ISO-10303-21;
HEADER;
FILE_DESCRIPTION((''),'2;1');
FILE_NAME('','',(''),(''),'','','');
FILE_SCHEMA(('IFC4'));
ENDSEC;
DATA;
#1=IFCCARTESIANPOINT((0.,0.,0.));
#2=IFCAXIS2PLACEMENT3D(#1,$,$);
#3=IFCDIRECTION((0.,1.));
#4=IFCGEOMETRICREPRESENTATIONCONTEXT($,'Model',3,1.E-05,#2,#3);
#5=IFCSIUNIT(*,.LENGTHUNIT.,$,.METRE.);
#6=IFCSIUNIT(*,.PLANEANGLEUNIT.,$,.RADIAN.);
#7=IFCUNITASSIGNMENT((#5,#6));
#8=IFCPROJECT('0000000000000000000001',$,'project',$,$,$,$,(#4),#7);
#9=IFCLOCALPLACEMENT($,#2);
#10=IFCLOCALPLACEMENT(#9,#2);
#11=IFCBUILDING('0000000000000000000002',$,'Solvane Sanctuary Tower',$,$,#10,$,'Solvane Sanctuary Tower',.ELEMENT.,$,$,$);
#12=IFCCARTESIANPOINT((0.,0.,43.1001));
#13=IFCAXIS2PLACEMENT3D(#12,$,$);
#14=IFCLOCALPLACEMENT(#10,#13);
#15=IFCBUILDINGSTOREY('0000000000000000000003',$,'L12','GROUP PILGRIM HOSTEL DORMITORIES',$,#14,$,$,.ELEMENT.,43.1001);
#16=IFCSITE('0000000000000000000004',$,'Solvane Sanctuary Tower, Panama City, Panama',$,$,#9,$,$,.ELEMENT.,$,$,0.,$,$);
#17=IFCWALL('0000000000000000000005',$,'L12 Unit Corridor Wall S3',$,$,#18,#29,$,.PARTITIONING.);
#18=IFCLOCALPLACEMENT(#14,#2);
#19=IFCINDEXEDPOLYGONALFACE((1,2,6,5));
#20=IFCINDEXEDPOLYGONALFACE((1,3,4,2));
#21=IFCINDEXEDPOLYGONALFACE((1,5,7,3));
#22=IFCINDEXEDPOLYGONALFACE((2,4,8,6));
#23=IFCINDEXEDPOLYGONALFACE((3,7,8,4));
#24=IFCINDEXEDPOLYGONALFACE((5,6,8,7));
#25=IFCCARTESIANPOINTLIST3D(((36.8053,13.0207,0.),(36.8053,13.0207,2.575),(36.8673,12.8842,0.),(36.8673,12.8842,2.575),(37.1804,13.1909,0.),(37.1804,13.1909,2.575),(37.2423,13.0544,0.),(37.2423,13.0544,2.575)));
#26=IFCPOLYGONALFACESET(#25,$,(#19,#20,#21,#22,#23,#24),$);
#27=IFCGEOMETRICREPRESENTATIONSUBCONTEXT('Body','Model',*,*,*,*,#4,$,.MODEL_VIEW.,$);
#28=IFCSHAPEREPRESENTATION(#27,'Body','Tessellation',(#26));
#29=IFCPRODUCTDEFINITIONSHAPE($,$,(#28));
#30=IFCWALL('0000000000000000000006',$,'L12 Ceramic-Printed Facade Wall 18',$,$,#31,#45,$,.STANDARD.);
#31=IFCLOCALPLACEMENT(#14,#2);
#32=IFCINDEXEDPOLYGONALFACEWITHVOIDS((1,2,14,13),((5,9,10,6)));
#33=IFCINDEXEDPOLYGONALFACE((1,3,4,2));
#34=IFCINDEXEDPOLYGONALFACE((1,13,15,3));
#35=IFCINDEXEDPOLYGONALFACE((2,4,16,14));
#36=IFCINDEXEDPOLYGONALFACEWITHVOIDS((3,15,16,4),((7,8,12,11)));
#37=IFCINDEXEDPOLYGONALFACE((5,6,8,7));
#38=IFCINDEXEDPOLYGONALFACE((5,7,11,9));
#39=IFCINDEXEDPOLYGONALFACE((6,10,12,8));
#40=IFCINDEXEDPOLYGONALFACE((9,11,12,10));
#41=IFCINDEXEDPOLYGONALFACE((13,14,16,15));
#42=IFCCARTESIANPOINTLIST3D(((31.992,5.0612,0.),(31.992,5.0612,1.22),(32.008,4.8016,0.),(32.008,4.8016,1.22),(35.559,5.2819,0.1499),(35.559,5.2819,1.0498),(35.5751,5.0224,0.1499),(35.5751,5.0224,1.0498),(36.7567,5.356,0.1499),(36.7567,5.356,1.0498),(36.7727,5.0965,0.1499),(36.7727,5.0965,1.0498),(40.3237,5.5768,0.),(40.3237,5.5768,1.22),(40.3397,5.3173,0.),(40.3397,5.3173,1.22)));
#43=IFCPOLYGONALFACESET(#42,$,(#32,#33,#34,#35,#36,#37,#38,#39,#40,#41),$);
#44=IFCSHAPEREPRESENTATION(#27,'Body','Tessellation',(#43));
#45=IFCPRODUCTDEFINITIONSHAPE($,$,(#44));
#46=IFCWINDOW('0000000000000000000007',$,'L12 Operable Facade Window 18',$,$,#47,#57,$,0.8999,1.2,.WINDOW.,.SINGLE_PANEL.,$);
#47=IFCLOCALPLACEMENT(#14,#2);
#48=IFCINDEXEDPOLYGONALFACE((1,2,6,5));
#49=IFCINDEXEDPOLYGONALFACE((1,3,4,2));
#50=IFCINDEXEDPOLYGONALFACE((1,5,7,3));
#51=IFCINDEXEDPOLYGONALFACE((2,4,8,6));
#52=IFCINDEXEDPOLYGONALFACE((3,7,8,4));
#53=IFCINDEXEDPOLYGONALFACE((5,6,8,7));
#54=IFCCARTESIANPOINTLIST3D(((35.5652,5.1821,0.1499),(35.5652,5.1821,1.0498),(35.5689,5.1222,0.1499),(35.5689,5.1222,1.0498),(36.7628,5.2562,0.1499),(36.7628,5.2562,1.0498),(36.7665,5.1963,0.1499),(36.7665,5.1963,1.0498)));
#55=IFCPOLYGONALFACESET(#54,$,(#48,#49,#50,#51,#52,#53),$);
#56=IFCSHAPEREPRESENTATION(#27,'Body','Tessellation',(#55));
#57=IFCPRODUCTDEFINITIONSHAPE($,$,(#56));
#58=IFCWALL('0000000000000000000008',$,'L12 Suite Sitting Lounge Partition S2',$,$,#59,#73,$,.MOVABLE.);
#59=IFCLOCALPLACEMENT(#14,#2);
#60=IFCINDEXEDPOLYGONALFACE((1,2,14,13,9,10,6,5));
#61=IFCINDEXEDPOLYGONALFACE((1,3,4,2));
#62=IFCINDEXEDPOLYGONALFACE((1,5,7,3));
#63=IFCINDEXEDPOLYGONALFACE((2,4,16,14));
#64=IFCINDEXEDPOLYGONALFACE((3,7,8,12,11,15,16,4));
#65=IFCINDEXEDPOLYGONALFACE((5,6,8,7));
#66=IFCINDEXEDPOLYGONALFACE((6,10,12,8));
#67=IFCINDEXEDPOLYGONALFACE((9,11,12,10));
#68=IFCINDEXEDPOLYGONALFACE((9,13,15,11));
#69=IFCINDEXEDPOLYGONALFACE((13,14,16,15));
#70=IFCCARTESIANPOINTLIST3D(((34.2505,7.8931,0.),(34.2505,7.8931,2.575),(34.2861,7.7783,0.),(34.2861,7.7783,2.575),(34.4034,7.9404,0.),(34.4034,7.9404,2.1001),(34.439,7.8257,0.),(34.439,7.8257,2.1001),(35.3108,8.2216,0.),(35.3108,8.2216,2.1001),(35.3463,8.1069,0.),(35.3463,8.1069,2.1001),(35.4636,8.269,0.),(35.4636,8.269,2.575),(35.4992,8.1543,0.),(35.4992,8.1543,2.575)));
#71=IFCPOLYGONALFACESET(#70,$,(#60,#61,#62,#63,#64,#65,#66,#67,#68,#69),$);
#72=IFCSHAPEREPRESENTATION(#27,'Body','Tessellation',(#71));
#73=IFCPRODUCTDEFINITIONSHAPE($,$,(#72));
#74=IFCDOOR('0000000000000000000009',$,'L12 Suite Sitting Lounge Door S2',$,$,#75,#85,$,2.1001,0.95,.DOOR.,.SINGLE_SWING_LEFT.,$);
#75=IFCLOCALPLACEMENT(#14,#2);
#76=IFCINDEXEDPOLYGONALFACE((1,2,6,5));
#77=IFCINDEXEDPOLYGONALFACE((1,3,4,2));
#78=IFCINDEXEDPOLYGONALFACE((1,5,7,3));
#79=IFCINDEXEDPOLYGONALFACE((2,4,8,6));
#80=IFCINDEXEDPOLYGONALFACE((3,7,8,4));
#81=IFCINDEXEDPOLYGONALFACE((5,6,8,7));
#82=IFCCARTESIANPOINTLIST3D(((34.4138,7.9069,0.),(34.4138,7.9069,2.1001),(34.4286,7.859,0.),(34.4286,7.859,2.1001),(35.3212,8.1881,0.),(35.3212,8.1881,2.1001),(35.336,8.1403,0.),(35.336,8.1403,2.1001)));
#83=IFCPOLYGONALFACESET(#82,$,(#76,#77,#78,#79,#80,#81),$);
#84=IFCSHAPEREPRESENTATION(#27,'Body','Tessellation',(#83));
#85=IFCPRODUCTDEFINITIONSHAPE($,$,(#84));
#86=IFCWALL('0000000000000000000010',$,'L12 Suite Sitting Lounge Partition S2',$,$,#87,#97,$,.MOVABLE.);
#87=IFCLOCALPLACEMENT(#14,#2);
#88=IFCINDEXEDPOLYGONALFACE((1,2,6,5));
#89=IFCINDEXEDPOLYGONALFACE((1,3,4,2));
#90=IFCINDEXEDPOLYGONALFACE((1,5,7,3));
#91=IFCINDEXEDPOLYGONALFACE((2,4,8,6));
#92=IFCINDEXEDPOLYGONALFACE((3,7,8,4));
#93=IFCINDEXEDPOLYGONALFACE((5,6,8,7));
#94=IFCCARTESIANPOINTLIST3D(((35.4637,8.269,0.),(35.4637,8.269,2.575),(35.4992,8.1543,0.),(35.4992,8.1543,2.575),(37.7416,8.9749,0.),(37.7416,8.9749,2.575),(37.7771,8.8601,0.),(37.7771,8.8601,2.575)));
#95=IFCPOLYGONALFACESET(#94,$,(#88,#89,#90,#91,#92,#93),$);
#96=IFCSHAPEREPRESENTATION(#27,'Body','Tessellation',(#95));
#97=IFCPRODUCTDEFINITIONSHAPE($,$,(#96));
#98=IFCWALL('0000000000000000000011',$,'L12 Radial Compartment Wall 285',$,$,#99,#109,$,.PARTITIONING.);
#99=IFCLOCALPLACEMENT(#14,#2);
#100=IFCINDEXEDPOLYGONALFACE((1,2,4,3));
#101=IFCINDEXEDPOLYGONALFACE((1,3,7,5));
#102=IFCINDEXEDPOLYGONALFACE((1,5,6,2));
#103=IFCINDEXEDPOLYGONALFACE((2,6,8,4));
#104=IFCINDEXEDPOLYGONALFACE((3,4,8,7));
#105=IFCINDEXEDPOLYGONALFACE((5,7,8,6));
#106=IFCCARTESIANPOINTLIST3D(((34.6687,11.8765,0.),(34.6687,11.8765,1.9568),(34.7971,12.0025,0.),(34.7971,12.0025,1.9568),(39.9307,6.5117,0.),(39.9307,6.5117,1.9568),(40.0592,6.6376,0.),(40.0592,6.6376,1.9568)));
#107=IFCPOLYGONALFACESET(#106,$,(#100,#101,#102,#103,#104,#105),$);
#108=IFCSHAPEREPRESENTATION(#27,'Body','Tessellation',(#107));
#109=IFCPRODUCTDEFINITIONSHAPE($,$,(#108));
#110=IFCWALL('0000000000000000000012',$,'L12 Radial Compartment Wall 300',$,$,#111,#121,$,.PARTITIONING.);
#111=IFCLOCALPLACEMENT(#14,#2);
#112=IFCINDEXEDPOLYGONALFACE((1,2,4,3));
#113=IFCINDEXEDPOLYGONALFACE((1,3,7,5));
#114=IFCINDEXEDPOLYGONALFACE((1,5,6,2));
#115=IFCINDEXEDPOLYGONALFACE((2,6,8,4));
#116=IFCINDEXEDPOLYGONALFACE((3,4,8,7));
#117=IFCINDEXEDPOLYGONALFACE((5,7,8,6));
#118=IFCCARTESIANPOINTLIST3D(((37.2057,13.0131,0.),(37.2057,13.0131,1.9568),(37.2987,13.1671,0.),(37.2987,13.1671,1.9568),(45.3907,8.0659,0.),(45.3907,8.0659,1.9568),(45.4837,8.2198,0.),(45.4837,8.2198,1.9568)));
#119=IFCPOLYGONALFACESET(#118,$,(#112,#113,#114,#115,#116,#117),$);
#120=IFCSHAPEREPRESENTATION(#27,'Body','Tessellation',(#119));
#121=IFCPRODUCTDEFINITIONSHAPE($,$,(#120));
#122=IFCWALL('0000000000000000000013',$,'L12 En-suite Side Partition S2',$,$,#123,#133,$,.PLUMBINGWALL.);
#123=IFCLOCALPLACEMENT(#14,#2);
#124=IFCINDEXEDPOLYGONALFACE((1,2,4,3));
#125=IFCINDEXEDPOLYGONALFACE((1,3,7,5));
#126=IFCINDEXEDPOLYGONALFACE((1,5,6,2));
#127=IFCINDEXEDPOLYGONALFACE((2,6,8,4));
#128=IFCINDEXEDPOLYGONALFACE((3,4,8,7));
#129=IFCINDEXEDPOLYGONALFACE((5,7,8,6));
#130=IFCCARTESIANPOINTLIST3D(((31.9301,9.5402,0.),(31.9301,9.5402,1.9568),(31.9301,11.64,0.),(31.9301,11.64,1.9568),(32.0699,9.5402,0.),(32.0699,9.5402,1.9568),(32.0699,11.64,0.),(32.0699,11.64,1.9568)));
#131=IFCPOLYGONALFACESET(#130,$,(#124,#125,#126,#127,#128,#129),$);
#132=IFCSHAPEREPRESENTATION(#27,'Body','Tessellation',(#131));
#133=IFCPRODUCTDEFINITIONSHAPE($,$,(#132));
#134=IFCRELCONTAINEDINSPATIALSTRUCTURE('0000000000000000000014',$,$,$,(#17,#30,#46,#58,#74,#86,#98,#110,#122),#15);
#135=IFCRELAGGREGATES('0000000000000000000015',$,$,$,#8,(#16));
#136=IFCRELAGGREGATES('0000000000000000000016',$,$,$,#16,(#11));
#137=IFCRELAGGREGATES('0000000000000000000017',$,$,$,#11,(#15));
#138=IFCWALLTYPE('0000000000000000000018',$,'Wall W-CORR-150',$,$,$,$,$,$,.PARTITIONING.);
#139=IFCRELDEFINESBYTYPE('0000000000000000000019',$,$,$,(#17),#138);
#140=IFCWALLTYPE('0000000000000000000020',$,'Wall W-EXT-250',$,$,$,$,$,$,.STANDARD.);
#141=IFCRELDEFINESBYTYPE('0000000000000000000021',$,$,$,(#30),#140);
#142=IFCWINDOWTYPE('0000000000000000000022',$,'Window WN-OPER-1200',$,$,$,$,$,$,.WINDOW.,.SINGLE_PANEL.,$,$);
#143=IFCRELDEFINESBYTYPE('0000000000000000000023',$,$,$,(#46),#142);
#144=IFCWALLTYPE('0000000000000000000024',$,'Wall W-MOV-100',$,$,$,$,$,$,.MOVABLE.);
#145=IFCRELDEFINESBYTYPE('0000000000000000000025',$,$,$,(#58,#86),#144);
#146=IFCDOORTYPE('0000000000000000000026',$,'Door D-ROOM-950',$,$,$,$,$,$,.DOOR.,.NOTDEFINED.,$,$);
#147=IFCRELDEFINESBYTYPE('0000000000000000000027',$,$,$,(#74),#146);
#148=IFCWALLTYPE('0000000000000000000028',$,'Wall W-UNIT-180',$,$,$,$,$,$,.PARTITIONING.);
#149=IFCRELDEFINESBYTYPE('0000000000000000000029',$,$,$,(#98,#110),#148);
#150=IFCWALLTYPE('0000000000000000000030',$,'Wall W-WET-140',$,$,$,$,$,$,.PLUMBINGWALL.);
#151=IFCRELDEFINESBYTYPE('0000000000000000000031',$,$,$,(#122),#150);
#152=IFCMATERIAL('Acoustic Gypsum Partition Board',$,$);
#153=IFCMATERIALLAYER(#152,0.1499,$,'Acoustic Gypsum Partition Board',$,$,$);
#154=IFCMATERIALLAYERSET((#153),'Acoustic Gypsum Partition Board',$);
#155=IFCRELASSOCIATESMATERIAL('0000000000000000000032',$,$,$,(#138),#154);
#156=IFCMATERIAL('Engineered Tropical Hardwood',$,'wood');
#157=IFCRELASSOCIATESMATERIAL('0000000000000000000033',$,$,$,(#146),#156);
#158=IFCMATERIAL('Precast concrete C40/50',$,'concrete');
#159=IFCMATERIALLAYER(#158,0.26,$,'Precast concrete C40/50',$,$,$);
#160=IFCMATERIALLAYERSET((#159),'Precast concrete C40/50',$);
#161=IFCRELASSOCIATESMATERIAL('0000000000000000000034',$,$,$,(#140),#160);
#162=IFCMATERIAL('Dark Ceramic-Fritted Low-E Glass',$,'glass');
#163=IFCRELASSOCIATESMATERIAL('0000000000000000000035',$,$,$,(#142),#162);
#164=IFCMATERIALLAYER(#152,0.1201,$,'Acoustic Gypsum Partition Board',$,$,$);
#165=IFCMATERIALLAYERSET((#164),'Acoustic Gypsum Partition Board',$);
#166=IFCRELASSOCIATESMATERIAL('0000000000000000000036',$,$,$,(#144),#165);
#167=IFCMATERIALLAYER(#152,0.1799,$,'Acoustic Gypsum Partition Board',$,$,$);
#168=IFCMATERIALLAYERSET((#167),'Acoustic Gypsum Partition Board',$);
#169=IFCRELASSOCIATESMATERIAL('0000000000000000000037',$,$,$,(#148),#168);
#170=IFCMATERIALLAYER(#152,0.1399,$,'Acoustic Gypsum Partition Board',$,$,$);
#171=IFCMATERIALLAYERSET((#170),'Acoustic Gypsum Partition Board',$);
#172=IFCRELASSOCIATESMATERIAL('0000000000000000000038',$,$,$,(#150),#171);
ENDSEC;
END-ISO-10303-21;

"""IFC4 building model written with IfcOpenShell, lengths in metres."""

from ifc_helpers import new_model, si_unit, direction, frame, frame_2d, origin, place, context, subcontext, project, spatial, rectangle, extrude, material, layer, layer_set, type_object, element, fill, save


model = new_model("IFC4")

# Units and contexts
model_context = context("Model", 3, precision=1e-05, world=origin(), true_north=direction((0.0, 1.0)))
body_context = subcontext(model_context, "Body", "Model", "MODEL_VIEW")
ifc_project = project(units=[si_unit("LENGTHUNIT", "METRE"), si_unit("PLANEANGLEUNIT", "RADIAN")], contexts=[model_context])

# Site, building, storey
site_placement = place(None, origin())
site = spatial("IfcSite", under=ifc_project, at=site_placement, Name="Solvane Sanctuary Tower, Panama City, Panama", CompositionType="ELEMENT", RefElevation=0.0)
building_placement = place(site_placement, origin())
building = spatial("IfcBuilding", under=site, at=building_placement, Name="Solvane Sanctuary Tower", LongName="Solvane Sanctuary Tower", CompositionType="ELEMENT")
storey_placement = place(building_placement, frame((0.0, 0.0, 43.1001)))
storey = spatial("IfcBuildingStorey", under=building, at=storey_placement, Name="L12", Description="GROUP PILGRIM HOSTEL DORMITORIES", CompositionType="ELEMENT", Elevation=43.1001)

# Shared definitions
ifc_material_1 = material(Name="Acoustic Gypsum Partition Board")
ifc_layer_1 = layer(ifc_material_1, 0.1499, Name="Acoustic Gypsum Partition Board")
ifc_layer_set_1 = layer_set([ifc_layer_1], Name="Acoustic Gypsum Partition Board")
wall_type_1 = type_object("IfcWallType", Name="Wall W-CORR-150", PredefinedType="PARTITIONING", material=ifc_layer_set_1)

# Shared definitions
ifc_material_2 = material(Name="Engineered Tropical Hardwood", Category="wood")
door_type = type_object("IfcDoorType", Name="Door D-ROOM-950", OperationType="NOTDEFINED", PredefinedType="DOOR", material=ifc_material_2)

# Wall
wall_1_placement = place(storey_placement, frame((36.8362, 12.9524, 0.0), z_axis=(0.0, 0.0, 1.0), x_axis=(0.91063, 0.413222, 0.0)))
element("IfcWall", 1, at=wall_1_placement, inside=storey, type_object=wall_type_1, Name="L12 Unit Corridor Wall S3", PredefinedType="PARTITIONING", context=body_context, shape_type="SweptSolid", body=[
    extrude(rectangle(XDim=0.4119, YDim=0.1499, at=frame_2d((0.2061, 0.0))), origin(), (0.0, 0.0, 1.0), 2.575),
])

# Wall, opening, window
ifc_material_3 = material(Name="Precast concrete C40/50", Category="concrete")
ifc_layer_2 = layer(ifc_material_3, 0.26, Name="Precast concrete C40/50")
ifc_layer_set_2 = layer_set([ifc_layer_2], Name="Precast concrete C40/50")
wall_type_2 = type_object("IfcWallType", Name="Wall W-EXT-250", PredefinedType="STANDARD", material=ifc_layer_set_2)
wall_2_placement = place(storey_placement, frame((32.0, 4.9314, 0.0), z_axis=(0.0, 0.0, 1.0), x_axis=(0.998091, 0.061768, 0.0)))
wall_2 = element("IfcWall", 2, at=wall_2_placement, inside=storey, type_object=wall_type_2, Name="L12 Ceramic-Printed Facade Wall 18", PredefinedType="STANDARD", context=body_context, shape_type="SweptSolid", body=[
    extrude(rectangle(XDim=8.3477, YDim=0.26, at=frame_2d((4.1738, 0.0))), origin(), (0.0, 0.0, 1.0), 1.22),
])
opening_1_placement = place(wall_2_placement, frame((3.5737, 0.0, 0.1499)))
opening_1 = element("IfcOpeningElement", 3, at=opening_1_placement, cuts=wall_2, PredefinedType="OPENING", context=body_context, shape_type="SweptSolid", body=[
    extrude(rectangle(XDim=1.2, YDim=0.8999, at=frame_2d((0.6001, 0.45))), frame((0.0, 0.1399, 0.0), z_axis=(0.0, -1.0, 0.0), x_axis=(1.0, 0.0, 0.0)), (0.0, 0.0, 1.0), 0.28),
])
ifc_material_4 = material(Name="Dark Ceramic-Fritted Low-E Glass", Category="glass")
window_type = type_object("IfcWindowType", Name="Window WN-OPER-1200", PartitioningType="SINGLE_PANEL", PredefinedType="WINDOW", material=ifc_material_4)
window_placement = place(opening_1_placement, origin())
window = element("IfcWindow", 4, at=window_placement, inside=storey, type_object=window_type, Name="L12 Operable Facade Window 18", OverallHeight=0.8999, OverallWidth=1.2, PartitioningType="SINGLE_PANEL", PredefinedType="WINDOW", context=body_context, shape_type="SweptSolid", body=[
    extrude(rectangle(XDim=1.2, YDim=0.8999, at=frame_2d((0.6001, 0.45))), frame((0.0, 0.03, 0.0), z_axis=(0.0, -1.0, 0.0), x_axis=(1.0, 0.0, 0.0)), (0.0, 0.0, 1.0), 0.0601),
])
fill(opening_1, window)

# Wall, opening, door
ifc_layer_3 = layer(ifc_material_1, 0.1201, Name="Acoustic Gypsum Partition Board")
ifc_layer_set_3 = layer_set([ifc_layer_3], Name="Acoustic Gypsum Partition Board")
wall_type_3 = type_object("IfcWallType", Name="Wall W-MOV-100", PredefinedType="MOVABLE", material=ifc_layer_set_3)
wall_3_placement = place(storey_placement, frame((34.2683, 7.8357, 0.0), z_axis=(0.0, 0.0, 1.0), x_axis=(0.955179, 0.29603, 0.0)))
wall_3 = element("IfcWall", 5, at=wall_3_placement, inside=storey, type_object=wall_type_3, Name="L12 Suite Sitting Lounge Partition S2", PredefinedType="MOVABLE", context=body_context, shape_type="SweptSolid", body=[
    extrude(rectangle(XDim=1.27, YDim=0.1201, at=frame_2d((0.635, 0.0))), origin(), (0.0, 0.0, 1.0), 2.575),
])
opening_2_placement = place(wall_3_placement, frame((0.1599, 0.0, 0.0)))
opening_2 = element("IfcOpeningElement", 6, at=opening_2_placement, cuts=wall_3, PredefinedType="OPENING", context=body_context, shape_type="SweptSolid", body=[
    extrude(rectangle(XDim=0.95, YDim=2.1001, at=frame_2d((0.4751, 1.05))), frame((0.0, 0.0701, 0.0), z_axis=(0.0, -1.0, 0.0), x_axis=(1.0, 0.0, 0.0)), (0.0, 0.0, 1.0), 0.1401),
])
door_1_placement = place(opening_2_placement, origin())
door_1 = element("IfcDoor", 7, at=door_1_placement, inside=storey, type_object=door_type, Name="L12 Suite Sitting Lounge Door S2", OperationType="SINGLE_SWING_LEFT", OverallHeight=2.1001, OverallWidth=0.95, PredefinedType="DOOR", context=body_context, shape_type="SweptSolid", body=[
    extrude(rectangle(XDim=0.95, YDim=2.1001, at=frame_2d((0.4751, 1.05))), frame((0.0, 0.0249, 0.0), z_axis=(0.0, -1.0, 0.0), x_axis=(1.0, 0.0, 0.0)), (0.0, 0.0, 1.0), 0.05),
])
fill(opening_2, door_1)

# Walls
wall_4_placement = place(storey_placement, frame((35.4814, 8.2117, 0.0), z_axis=(0.0, 0.0, 1.0), x_axis=(0.955195, 0.295977, 0.0)))
element("IfcWall", 8, at=wall_4_placement, inside=storey, type_object=wall_type_3, Name="L12 Suite Sitting Lounge Partition S2", PredefinedType="MOVABLE", context=body_context, shape_type="SweptSolid", body=[
    extrude(rectangle(XDim=2.3848, YDim=0.1201, at=frame_2d((1.1924, 0.0))), origin(), (0.0, 0.0, 1.0), 2.575),
])
ifc_layer_4 = layer(ifc_material_1, 0.1799, Name="Acoustic Gypsum Partition Board")
ifc_layer_set_4 = layer_set([ifc_layer_4], Name="Acoustic Gypsum Partition Board")
wall_type_4 = type_object("IfcWallType", Name="Wall W-UNIT-180", PredefinedType="PARTITIONING", material=ifc_layer_set_4)
wall_5_placement = place(storey_placement, frame((34.7329, 11.9395, 0.0), z_axis=(0.0, 0.0, 1.0), x_axis=(0.700235, -0.713913, 0.0)))
element("IfcWall", 9, at=wall_5_placement, inside=storey, type_object=wall_type_4, Name="L12 Radial Compartment Wall 285", PredefinedType="PARTITIONING", context=body_context, shape_type="SweptSolid", body=[
    extrude(rectangle(XDim=7.5146, YDim=0.1799, at=frame_2d((3.7573, 0.0))), origin(), (0.0, 0.0, 1.0), 1.9568),
])
wall_6_placement = place(storey_placement, frame((37.2522, 13.0901, 0.0), z_axis=(0.0, 0.0, 1.0), x_axis=(0.855817, -0.517278, 0.0)))
element("IfcWall", 10, at=wall_6_placement, inside=storey, type_object=wall_type_4, Name="L12 Radial Compartment Wall 300", PredefinedType="PARTITIONING", context=body_context, shape_type="SweptSolid", body=[
    extrude(rectangle(XDim=9.564, YDim=0.1799, at=frame_2d((4.782, 0.0))), origin(), (0.0, 0.0, 1.0), 1.9568),
])
ifc_layer_5 = layer(ifc_material_1, 0.1399, Name="Acoustic Gypsum Partition Board")
ifc_layer_set_5 = layer_set([ifc_layer_5], Name="Acoustic Gypsum Partition Board")
wall_type_5 = type_object("IfcWallType", Name="Wall W-WET-140", PredefinedType="PLUMBINGWALL", material=ifc_layer_set_5)
wall_7_placement = place(storey_placement, frame((32.0, 11.6399, 0.0), z_axis=(0.0, 0.0, 1.0), x_axis=(0.0, -1.0, 0.0)))
element("IfcWall", 11, at=wall_7_placement, inside=storey, type_object=wall_type_5, Name="L12 En-suite Side Partition S2", PredefinedType="PLUMBINGWALL", context=body_context, shape_type="SweptSolid", body=[
    extrude(rectangle(XDim=2.0999, YDim=0.1399, at=frame_2d((1.0498, 0.0))), origin(), (0.0, 0.0, 1.0), 1.9568),
])

save(model, "model.ifc")
